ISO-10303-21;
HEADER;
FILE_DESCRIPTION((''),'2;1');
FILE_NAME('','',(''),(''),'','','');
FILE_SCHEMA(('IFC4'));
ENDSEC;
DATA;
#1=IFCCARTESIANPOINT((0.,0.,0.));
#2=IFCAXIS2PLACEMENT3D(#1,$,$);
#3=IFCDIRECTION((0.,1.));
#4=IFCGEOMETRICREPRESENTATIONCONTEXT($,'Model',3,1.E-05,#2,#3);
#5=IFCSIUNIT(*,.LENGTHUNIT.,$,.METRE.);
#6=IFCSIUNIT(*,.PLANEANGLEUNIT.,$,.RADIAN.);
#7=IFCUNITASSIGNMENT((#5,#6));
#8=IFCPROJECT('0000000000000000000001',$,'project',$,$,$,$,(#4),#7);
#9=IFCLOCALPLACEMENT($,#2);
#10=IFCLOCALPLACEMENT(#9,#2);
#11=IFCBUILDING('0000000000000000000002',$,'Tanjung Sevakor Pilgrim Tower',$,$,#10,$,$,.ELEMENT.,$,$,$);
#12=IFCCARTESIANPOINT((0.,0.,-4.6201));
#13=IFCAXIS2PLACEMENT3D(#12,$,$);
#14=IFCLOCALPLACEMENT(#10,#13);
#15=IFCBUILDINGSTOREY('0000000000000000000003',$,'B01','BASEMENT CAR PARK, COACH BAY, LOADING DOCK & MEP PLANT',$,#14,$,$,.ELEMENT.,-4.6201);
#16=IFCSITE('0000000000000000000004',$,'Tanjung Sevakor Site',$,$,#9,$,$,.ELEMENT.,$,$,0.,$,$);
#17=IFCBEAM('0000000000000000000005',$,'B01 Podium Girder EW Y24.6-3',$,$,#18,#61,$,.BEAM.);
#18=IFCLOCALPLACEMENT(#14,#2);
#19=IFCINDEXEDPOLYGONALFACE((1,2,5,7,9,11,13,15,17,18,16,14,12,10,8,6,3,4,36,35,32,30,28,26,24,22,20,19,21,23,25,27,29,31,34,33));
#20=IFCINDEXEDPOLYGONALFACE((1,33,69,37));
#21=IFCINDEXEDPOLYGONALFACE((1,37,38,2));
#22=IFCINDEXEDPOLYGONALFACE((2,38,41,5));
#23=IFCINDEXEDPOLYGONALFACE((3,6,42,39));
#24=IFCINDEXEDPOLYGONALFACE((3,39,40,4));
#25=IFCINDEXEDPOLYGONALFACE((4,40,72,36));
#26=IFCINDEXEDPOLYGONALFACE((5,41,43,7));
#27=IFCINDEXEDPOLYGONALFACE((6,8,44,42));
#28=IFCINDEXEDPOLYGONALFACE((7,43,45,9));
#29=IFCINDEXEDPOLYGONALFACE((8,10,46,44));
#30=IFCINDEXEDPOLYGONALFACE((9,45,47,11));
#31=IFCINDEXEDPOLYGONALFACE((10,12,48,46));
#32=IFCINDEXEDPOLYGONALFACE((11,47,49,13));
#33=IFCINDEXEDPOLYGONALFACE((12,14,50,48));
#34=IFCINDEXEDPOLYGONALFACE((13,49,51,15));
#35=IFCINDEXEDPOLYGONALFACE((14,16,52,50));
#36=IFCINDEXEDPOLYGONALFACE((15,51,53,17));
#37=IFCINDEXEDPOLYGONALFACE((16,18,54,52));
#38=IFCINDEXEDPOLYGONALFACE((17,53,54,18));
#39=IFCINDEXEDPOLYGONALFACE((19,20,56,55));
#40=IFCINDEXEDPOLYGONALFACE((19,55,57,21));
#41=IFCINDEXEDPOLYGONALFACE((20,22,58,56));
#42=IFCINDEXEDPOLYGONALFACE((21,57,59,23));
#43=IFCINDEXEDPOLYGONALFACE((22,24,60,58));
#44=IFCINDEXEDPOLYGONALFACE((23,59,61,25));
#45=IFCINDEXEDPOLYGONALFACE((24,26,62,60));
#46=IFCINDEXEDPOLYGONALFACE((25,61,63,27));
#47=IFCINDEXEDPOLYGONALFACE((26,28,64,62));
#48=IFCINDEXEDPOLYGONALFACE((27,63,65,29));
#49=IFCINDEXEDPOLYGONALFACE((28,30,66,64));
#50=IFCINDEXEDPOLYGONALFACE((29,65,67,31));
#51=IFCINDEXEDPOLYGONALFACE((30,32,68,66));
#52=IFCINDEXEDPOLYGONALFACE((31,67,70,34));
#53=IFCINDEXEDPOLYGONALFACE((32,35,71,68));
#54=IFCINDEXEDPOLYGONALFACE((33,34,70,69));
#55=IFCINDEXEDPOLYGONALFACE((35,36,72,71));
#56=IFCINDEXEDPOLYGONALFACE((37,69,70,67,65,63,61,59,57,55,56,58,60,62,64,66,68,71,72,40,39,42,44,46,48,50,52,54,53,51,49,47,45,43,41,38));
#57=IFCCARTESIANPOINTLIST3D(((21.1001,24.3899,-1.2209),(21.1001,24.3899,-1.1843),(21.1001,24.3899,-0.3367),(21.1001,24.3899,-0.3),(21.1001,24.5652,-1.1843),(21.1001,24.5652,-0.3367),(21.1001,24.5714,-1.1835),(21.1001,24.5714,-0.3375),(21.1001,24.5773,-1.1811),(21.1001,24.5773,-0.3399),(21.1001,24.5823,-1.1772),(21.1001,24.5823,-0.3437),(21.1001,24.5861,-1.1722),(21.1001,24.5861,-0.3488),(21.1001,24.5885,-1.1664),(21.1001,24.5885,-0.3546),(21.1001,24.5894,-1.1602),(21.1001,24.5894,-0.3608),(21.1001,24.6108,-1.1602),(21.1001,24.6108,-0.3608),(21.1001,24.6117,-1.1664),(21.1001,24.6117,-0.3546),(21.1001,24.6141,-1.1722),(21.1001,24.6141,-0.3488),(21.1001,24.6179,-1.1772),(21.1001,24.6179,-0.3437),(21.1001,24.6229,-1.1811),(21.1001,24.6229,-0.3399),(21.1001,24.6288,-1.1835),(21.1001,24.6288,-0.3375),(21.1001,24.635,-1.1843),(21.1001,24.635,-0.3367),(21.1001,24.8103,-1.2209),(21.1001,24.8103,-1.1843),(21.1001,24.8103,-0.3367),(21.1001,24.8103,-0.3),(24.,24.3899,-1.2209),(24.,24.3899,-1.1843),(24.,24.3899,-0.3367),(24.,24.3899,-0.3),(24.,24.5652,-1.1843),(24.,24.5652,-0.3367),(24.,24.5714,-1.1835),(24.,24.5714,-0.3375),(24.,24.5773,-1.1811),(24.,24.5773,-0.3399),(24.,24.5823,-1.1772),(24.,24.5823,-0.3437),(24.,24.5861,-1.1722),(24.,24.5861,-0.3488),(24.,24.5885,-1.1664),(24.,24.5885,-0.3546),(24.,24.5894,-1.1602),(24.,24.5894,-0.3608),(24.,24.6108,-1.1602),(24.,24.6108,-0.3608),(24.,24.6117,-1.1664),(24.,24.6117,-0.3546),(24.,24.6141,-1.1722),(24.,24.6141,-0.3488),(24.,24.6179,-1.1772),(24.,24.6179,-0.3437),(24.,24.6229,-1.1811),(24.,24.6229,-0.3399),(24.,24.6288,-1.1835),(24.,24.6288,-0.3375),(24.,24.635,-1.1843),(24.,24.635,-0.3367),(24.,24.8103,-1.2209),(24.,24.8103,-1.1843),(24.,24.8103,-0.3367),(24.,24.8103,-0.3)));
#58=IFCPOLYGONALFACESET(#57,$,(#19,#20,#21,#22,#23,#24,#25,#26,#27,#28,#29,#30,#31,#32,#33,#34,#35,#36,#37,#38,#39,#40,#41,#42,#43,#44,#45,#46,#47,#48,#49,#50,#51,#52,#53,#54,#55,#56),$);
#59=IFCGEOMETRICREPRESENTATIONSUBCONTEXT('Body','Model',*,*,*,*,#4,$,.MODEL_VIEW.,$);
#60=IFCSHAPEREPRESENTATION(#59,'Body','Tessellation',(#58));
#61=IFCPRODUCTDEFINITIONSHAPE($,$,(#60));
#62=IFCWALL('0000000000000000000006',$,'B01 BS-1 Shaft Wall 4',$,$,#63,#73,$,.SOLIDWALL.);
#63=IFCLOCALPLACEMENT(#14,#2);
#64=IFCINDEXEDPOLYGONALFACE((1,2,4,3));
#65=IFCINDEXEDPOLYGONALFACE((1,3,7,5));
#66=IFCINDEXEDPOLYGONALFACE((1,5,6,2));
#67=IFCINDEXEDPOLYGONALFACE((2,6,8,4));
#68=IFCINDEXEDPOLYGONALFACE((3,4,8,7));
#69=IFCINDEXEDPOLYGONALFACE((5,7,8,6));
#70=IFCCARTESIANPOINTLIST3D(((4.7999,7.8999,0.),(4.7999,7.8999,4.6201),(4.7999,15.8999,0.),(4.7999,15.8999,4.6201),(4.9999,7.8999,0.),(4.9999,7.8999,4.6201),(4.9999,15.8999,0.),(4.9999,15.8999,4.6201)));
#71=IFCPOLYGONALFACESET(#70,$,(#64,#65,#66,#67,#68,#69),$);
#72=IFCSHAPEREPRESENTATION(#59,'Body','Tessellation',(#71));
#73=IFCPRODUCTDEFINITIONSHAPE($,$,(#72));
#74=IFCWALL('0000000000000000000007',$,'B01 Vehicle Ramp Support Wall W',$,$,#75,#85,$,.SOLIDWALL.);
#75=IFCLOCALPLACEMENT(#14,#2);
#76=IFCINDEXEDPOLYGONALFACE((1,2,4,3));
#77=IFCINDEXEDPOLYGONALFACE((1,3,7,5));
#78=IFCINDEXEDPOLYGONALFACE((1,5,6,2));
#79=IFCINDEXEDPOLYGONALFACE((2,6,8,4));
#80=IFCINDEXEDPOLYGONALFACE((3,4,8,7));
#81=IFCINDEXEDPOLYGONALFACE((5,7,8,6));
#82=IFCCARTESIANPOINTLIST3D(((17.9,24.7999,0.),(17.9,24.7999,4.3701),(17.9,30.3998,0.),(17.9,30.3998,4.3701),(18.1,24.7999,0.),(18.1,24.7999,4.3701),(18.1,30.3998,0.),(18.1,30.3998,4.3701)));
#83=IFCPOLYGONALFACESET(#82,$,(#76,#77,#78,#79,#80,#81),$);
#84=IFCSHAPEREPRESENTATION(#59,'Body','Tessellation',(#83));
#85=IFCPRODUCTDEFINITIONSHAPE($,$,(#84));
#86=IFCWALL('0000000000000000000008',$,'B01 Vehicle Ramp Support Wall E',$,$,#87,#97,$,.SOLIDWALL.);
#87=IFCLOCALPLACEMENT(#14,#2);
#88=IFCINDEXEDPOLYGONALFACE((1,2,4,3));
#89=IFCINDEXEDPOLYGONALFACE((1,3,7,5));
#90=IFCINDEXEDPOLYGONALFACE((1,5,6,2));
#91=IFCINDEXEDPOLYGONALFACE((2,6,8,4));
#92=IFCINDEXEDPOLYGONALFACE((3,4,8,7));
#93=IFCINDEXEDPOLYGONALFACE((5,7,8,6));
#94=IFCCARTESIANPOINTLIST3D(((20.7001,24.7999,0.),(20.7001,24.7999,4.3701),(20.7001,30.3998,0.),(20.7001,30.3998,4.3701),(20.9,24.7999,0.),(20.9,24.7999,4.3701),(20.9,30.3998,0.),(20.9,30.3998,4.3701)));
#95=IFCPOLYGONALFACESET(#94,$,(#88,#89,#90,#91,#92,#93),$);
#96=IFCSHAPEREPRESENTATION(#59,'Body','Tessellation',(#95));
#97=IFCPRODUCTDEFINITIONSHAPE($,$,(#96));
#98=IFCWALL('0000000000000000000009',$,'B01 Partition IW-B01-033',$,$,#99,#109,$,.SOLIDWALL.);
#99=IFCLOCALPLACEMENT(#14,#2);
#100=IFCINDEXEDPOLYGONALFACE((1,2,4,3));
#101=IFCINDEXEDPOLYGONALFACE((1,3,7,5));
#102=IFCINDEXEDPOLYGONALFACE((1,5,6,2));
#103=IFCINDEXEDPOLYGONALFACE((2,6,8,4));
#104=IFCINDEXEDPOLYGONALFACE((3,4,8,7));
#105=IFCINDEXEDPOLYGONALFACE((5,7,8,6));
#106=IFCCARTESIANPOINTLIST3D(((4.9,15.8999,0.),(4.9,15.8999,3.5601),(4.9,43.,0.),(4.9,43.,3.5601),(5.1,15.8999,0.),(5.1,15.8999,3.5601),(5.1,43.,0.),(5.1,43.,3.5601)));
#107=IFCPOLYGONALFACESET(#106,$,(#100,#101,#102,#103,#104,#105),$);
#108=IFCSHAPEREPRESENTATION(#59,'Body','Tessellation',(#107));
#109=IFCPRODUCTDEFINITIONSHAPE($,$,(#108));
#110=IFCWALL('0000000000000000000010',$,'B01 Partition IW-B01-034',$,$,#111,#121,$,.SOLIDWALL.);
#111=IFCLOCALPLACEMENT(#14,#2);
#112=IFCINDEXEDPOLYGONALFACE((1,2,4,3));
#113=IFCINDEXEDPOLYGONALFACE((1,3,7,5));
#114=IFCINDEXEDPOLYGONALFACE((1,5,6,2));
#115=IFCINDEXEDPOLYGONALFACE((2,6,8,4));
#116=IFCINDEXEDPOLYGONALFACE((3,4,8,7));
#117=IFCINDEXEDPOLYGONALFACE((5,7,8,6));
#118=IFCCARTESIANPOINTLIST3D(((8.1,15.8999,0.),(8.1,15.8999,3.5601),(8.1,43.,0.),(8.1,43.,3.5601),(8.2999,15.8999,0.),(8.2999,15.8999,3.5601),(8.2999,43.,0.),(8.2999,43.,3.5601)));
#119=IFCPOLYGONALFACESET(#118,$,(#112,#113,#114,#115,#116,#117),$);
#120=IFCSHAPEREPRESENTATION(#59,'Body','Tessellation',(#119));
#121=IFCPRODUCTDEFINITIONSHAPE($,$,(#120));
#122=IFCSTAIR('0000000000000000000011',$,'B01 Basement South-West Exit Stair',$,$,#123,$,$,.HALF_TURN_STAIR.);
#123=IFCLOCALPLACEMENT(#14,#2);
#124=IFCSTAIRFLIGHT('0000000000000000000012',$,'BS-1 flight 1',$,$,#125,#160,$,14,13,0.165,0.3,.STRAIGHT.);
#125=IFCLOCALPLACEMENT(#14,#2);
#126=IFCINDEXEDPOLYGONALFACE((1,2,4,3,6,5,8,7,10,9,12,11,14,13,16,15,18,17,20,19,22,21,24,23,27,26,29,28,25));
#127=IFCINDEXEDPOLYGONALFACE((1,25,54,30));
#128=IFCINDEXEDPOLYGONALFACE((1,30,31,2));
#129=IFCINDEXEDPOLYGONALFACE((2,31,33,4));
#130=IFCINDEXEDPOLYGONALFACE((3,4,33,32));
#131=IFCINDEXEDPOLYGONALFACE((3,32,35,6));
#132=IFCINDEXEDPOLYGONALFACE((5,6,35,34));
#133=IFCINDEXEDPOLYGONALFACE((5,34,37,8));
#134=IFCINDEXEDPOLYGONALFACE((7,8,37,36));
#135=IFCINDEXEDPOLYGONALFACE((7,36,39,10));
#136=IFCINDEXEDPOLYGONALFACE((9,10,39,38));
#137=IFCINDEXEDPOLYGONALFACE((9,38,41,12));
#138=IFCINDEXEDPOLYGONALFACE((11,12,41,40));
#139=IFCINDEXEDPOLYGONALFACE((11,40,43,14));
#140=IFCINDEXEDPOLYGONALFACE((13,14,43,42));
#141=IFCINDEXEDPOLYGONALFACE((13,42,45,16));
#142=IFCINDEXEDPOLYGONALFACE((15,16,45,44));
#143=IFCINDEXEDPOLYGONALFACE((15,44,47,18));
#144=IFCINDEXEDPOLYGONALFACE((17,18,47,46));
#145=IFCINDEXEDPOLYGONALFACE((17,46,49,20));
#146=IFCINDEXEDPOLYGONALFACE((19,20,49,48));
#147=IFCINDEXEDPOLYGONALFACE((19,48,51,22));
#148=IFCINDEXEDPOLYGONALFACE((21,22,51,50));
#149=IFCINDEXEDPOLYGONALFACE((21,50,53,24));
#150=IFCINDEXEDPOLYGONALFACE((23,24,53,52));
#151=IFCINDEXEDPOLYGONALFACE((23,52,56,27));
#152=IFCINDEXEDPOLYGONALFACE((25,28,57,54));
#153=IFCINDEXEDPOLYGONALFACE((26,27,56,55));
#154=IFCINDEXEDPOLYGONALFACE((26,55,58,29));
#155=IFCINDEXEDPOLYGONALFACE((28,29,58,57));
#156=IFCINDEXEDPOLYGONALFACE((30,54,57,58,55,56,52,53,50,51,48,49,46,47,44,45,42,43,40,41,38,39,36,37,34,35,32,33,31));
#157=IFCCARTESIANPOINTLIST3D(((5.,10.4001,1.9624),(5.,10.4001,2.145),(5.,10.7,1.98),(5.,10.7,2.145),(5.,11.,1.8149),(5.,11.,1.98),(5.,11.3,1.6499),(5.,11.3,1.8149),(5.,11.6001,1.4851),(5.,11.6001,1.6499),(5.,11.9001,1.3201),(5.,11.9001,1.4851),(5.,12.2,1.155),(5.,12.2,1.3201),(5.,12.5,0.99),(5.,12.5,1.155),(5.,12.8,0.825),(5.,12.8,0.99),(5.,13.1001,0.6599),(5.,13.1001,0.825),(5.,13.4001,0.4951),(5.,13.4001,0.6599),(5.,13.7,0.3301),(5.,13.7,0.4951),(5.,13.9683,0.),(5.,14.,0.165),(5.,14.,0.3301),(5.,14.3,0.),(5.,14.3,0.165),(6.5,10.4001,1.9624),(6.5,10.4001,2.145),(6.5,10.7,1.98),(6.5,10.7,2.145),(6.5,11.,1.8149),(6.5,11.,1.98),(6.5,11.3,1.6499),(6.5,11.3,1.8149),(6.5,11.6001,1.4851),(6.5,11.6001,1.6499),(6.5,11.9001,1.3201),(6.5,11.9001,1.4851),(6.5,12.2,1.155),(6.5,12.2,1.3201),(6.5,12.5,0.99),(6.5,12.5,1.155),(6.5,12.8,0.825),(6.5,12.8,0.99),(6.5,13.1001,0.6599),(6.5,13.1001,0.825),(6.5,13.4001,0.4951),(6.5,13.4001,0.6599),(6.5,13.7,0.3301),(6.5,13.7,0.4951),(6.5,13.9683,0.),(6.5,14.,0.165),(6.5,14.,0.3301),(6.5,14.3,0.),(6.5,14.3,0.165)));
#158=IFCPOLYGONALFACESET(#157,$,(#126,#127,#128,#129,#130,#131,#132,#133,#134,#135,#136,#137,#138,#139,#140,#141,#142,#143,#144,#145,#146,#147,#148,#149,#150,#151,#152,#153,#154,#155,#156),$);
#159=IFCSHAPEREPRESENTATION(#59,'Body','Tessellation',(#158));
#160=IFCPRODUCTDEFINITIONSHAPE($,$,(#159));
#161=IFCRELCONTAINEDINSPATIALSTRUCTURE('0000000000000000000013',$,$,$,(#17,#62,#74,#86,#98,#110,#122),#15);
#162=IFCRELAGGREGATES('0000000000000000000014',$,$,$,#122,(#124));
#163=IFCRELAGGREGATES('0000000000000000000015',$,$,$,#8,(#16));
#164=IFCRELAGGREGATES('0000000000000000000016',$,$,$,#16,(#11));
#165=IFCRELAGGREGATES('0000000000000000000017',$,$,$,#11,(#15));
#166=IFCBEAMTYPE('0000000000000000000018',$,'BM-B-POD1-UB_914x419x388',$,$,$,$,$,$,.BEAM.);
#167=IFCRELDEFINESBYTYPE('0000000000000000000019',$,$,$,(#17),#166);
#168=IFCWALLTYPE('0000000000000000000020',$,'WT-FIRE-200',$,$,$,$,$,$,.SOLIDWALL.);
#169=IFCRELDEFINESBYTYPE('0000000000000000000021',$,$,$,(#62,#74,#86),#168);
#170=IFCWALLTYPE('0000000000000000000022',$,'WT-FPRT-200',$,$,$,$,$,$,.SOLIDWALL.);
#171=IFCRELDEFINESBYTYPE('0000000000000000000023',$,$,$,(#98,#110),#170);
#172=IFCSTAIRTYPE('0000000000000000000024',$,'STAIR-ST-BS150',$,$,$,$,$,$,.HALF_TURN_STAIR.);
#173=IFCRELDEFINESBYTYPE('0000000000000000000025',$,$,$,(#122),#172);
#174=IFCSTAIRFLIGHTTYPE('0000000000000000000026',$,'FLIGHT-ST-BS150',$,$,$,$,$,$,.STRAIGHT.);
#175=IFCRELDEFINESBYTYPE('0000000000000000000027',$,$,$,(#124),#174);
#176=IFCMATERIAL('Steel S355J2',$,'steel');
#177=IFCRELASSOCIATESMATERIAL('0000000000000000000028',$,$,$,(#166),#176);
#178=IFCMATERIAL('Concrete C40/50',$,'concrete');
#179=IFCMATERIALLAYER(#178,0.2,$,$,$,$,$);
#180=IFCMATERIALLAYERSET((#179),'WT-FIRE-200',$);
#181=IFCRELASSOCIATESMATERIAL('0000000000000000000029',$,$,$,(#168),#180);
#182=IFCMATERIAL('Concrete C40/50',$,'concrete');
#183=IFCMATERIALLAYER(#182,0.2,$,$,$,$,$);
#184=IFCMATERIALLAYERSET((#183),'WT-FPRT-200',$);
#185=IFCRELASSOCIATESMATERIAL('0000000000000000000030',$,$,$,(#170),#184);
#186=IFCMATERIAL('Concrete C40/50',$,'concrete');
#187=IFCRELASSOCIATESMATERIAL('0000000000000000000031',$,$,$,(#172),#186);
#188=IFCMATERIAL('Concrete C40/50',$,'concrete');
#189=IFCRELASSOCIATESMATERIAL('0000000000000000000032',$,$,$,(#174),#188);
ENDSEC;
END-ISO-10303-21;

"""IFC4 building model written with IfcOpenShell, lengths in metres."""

from ifc_helpers import new_model, si_unit, direction, frame, frame_2d, origin, origin_2d, place, context, subcontext, project, spatial, polyline, rectangle, i_section, outline, extrude, material, layer, layer_set, material_profile, profile_set, type_object, element, aggregate, save


model = new_model("IFC4")

# Units and contexts
model_context = context("Model", 3, precision=1e-05, world=origin(), true_north=direction((0.0, 1.0)))
body_context = subcontext(model_context, "Body", "Model", "MODEL_VIEW")
ifc_project = project(units=[si_unit("LENGTHUNIT", "METRE"), si_unit("PLANEANGLEUNIT", "RADIAN")], contexts=[model_context])

# Site, building, storey
site_placement = place(None, origin())
site = spatial("IfcSite", under=ifc_project, at=site_placement, Name="Tanjung Sevakor Site", CompositionType="ELEMENT", RefElevation=0.0)
building_placement = place(site_placement, origin())
building = spatial("IfcBuilding", under=site, at=building_placement, Name="Tanjung Sevakor Pilgrim Tower", CompositionType="ELEMENT")
storey_placement = place(building_placement, frame((0.0, 0.0, -4.6201)))
storey = spatial("IfcBuildingStorey", under=building, at=storey_placement, Name="B01", Description="BASEMENT CAR PARK, COACH BAY, LOADING DOCK & MEP PLANT", CompositionType="ELEMENT", Elevation=-4.6201)

# Beam
ifc_material_1 = material(Name="Steel S355J2", Category="steel")
ifc_material_profile_1 = material_profile(ifc_material_1, i_section(OverallWidth=0.4204, OverallDepth=0.9209, WebThickness=0.0215, FlangeThickness=0.0366, FilletRadius=0.0242, at=origin_2d()))
ifc_profile_set_1 = profile_set([ifc_material_profile_1], Name="Steel S355J2")
beam_type_1 = type_object("IfcBeamType", Name="BM-B-POD1-UB_914x419x388", PredefinedType="BEAM", material=ifc_profile_set_1)
beam_1_placement = place(storey_placement, frame((21.1001, 24.6001, -0.7605), z_axis=(1.0, 0.0, 0.0), x_axis=(0.0, 1.0, 0.0)))
element("IfcBeam", 1, at=beam_1_placement, inside=storey, type_object=beam_type_1, Name="B01 Podium Girder EW Y24.6-3", PredefinedType="BEAM", context=body_context, shape_type="SweptSolid", body=[
    extrude(i_section(OverallWidth=0.4204, OverallDepth=0.9209, WebThickness=0.0215, FlangeThickness=0.0366, FilletRadius=0.0242, at=origin_2d()), origin(), (0.0, 0.0, 1.0), 2.8999),
])

# Shared definitions
ifc_material_2 = material(Name="Concrete C40/50", Category="concrete")
ifc_layer_1 = layer(ifc_material_2, 0.2)
ifc_layer_set_1 = layer_set([ifc_layer_1], Name="WT-FIRE-200")
wall_type_1 = type_object("IfcWallType", Name="WT-FIRE-200", PredefinedType="SOLIDWALL", material=ifc_layer_set_1)

# Walls
wall_1_placement = place(storey_placement, frame((4.8999, 15.8999, 0.0), z_axis=(0.0, 0.0, 1.0), x_axis=(0.0, -1.0, 0.0)))
element("IfcWall", 2, at=wall_1_placement, inside=storey, type_object=wall_type_1, Name="B01 BS-1 Shaft Wall 4", PredefinedType="SOLIDWALL", context=body_context, shape_type="SweptSolid", body=[
    extrude(rectangle(XDim=8.0, YDim=0.2, at=frame_2d((4.0, 0.0))), origin(), (0.0, 0.0, 1.0), 4.6201),
])
for number, where, z_axis, x_axis, name in (
    (3, (18.0, 24.8, 0.0), (0.0, 0.0, 1.0), (0.0, 1.0, 0.0), "B01 Vehicle Ramp Support Wall W"),
    (4, (20.8, 24.8, 0.0), (0.0, 0.0, 1.0), (0.0, 1.0, 0.0), "B01 Vehicle Ramp Support Wall E"),
):
    element("IfcWall", number, at=place(storey_placement, frame(where, z_axis=z_axis, x_axis=x_axis)), inside=storey, type_object=wall_type_1, Name=name, PredefinedType="SOLIDWALL", context=body_context, shape_type="SweptSolid", body=[
        extrude(rectangle(XDim=5.5999, YDim=0.2, at=frame_2d((2.7998, 0.0))), origin(), (0.0, 0.0, 1.0), 4.3701),
    ])
ifc_material_3 = material(Name="Concrete C40/50", Category="concrete")
ifc_layer_2 = layer(ifc_material_3, 0.2)
ifc_layer_set_2 = layer_set([ifc_layer_2], Name="WT-FPRT-200")
wall_type_2 = type_object("IfcWallType", Name="WT-FPRT-200", PredefinedType="SOLIDWALL", material=ifc_layer_set_2)
for number, where, z_axis, x_axis, name in (
    (5, (5.0, 15.8999, 0.0), (0.0, 0.0, 1.0), (0.0, 1.0, 0.0), "B01 Partition IW-B01-033"),
    (6, (8.2, 15.8999, 0.0), (0.0, 0.0, 1.0), (0.0, 1.0, 0.0), "B01 Partition IW-B01-034"),
):
    element("IfcWall", number, at=place(storey_placement, frame(where, z_axis=z_axis, x_axis=x_axis)), inside=storey, type_object=wall_type_2, Name=name, PredefinedType="SOLIDWALL", context=body_context, shape_type="SweptSolid", body=[
        extrude(rectangle(XDim=27.1001, YDim=0.2, at=frame_2d((13.55, 0.0))), origin(), (0.0, 0.0, 1.0), 3.5601),
    ])

# Stair, stair flight
ifc_material_4 = material(Name="Concrete C40/50", Category="concrete")
stair_type = type_object("IfcStairType", Name="STAIR-ST-BS150", PredefinedType="HALF_TURN_STAIR", material=ifc_material_4)
stair_placement = place(storey_placement, origin())
stair = element("IfcStair", 7, at=stair_placement, inside=storey, type_object=stair_type, Name="B01 Basement South-West Exit Stair", PredefinedType="HALF_TURN_STAIR")
ifc_material_5 = material(Name="Concrete C40/50", Category="concrete")
stair_flight_type = type_object("IfcStairFlightType", Name="FLIGHT-ST-BS150", PredefinedType="STRAIGHT", material=ifc_material_5)
stair_flight_1_placement = place(storey_placement, frame((5.75, 14.3, 0.0), z_axis=(0.0, 0.0, 1.0), x_axis=(0.0, -1.0, 0.0)))
stair_flight_1 = element("IfcStairFlight", 8, at=stair_flight_1_placement, type_object=stair_flight_type, Name="BS-1 flight 1", NumberOfRisers=14, NumberOfTreads=13, PredefinedType="STRAIGHT", RiserHeight=0.165, TreadLength=0.3, context=body_context, shape_type="SweptSolid", body=[
    extrude(outline(polyline([(0.0, 0.0), (0.0, 0.165), (0.3, 0.165), (0.3, 0.3301), (0.6001, 0.3301), (0.6001, 0.4951), (0.8999, 0.4951), (0.8999, 0.6599), (1.2, 0.6599), (1.2, 0.825), (1.5, 0.825), (1.5, 0.99), (1.8, 0.99), (1.8, 1.155), (2.1001, 1.155), (2.1001, 1.3201), (2.3999, 1.3201), (2.3999, 1.4851), (2.7, 1.4851), (2.7, 1.6499), (3.0, 1.6499), (3.0, 1.8149), (3.3, 1.8149), (3.3, 1.98), (3.6001, 1.98), (3.6001, 2.145), (3.8999, 2.145), (3.8999, 2.3101), (3.8999, 1.9624), (0.3318, 0.0), (0.0, 0.0)])), frame((0.0, 0.75, 0.0), z_axis=(0.0, -1.0, 0.0), x_axis=(1.0, 0.0, 0.0)), (0.0, 0.0, 1.0), 1.5),
])
aggregate(stair, [stair_flight_1])

save(model, "model.ifc")
